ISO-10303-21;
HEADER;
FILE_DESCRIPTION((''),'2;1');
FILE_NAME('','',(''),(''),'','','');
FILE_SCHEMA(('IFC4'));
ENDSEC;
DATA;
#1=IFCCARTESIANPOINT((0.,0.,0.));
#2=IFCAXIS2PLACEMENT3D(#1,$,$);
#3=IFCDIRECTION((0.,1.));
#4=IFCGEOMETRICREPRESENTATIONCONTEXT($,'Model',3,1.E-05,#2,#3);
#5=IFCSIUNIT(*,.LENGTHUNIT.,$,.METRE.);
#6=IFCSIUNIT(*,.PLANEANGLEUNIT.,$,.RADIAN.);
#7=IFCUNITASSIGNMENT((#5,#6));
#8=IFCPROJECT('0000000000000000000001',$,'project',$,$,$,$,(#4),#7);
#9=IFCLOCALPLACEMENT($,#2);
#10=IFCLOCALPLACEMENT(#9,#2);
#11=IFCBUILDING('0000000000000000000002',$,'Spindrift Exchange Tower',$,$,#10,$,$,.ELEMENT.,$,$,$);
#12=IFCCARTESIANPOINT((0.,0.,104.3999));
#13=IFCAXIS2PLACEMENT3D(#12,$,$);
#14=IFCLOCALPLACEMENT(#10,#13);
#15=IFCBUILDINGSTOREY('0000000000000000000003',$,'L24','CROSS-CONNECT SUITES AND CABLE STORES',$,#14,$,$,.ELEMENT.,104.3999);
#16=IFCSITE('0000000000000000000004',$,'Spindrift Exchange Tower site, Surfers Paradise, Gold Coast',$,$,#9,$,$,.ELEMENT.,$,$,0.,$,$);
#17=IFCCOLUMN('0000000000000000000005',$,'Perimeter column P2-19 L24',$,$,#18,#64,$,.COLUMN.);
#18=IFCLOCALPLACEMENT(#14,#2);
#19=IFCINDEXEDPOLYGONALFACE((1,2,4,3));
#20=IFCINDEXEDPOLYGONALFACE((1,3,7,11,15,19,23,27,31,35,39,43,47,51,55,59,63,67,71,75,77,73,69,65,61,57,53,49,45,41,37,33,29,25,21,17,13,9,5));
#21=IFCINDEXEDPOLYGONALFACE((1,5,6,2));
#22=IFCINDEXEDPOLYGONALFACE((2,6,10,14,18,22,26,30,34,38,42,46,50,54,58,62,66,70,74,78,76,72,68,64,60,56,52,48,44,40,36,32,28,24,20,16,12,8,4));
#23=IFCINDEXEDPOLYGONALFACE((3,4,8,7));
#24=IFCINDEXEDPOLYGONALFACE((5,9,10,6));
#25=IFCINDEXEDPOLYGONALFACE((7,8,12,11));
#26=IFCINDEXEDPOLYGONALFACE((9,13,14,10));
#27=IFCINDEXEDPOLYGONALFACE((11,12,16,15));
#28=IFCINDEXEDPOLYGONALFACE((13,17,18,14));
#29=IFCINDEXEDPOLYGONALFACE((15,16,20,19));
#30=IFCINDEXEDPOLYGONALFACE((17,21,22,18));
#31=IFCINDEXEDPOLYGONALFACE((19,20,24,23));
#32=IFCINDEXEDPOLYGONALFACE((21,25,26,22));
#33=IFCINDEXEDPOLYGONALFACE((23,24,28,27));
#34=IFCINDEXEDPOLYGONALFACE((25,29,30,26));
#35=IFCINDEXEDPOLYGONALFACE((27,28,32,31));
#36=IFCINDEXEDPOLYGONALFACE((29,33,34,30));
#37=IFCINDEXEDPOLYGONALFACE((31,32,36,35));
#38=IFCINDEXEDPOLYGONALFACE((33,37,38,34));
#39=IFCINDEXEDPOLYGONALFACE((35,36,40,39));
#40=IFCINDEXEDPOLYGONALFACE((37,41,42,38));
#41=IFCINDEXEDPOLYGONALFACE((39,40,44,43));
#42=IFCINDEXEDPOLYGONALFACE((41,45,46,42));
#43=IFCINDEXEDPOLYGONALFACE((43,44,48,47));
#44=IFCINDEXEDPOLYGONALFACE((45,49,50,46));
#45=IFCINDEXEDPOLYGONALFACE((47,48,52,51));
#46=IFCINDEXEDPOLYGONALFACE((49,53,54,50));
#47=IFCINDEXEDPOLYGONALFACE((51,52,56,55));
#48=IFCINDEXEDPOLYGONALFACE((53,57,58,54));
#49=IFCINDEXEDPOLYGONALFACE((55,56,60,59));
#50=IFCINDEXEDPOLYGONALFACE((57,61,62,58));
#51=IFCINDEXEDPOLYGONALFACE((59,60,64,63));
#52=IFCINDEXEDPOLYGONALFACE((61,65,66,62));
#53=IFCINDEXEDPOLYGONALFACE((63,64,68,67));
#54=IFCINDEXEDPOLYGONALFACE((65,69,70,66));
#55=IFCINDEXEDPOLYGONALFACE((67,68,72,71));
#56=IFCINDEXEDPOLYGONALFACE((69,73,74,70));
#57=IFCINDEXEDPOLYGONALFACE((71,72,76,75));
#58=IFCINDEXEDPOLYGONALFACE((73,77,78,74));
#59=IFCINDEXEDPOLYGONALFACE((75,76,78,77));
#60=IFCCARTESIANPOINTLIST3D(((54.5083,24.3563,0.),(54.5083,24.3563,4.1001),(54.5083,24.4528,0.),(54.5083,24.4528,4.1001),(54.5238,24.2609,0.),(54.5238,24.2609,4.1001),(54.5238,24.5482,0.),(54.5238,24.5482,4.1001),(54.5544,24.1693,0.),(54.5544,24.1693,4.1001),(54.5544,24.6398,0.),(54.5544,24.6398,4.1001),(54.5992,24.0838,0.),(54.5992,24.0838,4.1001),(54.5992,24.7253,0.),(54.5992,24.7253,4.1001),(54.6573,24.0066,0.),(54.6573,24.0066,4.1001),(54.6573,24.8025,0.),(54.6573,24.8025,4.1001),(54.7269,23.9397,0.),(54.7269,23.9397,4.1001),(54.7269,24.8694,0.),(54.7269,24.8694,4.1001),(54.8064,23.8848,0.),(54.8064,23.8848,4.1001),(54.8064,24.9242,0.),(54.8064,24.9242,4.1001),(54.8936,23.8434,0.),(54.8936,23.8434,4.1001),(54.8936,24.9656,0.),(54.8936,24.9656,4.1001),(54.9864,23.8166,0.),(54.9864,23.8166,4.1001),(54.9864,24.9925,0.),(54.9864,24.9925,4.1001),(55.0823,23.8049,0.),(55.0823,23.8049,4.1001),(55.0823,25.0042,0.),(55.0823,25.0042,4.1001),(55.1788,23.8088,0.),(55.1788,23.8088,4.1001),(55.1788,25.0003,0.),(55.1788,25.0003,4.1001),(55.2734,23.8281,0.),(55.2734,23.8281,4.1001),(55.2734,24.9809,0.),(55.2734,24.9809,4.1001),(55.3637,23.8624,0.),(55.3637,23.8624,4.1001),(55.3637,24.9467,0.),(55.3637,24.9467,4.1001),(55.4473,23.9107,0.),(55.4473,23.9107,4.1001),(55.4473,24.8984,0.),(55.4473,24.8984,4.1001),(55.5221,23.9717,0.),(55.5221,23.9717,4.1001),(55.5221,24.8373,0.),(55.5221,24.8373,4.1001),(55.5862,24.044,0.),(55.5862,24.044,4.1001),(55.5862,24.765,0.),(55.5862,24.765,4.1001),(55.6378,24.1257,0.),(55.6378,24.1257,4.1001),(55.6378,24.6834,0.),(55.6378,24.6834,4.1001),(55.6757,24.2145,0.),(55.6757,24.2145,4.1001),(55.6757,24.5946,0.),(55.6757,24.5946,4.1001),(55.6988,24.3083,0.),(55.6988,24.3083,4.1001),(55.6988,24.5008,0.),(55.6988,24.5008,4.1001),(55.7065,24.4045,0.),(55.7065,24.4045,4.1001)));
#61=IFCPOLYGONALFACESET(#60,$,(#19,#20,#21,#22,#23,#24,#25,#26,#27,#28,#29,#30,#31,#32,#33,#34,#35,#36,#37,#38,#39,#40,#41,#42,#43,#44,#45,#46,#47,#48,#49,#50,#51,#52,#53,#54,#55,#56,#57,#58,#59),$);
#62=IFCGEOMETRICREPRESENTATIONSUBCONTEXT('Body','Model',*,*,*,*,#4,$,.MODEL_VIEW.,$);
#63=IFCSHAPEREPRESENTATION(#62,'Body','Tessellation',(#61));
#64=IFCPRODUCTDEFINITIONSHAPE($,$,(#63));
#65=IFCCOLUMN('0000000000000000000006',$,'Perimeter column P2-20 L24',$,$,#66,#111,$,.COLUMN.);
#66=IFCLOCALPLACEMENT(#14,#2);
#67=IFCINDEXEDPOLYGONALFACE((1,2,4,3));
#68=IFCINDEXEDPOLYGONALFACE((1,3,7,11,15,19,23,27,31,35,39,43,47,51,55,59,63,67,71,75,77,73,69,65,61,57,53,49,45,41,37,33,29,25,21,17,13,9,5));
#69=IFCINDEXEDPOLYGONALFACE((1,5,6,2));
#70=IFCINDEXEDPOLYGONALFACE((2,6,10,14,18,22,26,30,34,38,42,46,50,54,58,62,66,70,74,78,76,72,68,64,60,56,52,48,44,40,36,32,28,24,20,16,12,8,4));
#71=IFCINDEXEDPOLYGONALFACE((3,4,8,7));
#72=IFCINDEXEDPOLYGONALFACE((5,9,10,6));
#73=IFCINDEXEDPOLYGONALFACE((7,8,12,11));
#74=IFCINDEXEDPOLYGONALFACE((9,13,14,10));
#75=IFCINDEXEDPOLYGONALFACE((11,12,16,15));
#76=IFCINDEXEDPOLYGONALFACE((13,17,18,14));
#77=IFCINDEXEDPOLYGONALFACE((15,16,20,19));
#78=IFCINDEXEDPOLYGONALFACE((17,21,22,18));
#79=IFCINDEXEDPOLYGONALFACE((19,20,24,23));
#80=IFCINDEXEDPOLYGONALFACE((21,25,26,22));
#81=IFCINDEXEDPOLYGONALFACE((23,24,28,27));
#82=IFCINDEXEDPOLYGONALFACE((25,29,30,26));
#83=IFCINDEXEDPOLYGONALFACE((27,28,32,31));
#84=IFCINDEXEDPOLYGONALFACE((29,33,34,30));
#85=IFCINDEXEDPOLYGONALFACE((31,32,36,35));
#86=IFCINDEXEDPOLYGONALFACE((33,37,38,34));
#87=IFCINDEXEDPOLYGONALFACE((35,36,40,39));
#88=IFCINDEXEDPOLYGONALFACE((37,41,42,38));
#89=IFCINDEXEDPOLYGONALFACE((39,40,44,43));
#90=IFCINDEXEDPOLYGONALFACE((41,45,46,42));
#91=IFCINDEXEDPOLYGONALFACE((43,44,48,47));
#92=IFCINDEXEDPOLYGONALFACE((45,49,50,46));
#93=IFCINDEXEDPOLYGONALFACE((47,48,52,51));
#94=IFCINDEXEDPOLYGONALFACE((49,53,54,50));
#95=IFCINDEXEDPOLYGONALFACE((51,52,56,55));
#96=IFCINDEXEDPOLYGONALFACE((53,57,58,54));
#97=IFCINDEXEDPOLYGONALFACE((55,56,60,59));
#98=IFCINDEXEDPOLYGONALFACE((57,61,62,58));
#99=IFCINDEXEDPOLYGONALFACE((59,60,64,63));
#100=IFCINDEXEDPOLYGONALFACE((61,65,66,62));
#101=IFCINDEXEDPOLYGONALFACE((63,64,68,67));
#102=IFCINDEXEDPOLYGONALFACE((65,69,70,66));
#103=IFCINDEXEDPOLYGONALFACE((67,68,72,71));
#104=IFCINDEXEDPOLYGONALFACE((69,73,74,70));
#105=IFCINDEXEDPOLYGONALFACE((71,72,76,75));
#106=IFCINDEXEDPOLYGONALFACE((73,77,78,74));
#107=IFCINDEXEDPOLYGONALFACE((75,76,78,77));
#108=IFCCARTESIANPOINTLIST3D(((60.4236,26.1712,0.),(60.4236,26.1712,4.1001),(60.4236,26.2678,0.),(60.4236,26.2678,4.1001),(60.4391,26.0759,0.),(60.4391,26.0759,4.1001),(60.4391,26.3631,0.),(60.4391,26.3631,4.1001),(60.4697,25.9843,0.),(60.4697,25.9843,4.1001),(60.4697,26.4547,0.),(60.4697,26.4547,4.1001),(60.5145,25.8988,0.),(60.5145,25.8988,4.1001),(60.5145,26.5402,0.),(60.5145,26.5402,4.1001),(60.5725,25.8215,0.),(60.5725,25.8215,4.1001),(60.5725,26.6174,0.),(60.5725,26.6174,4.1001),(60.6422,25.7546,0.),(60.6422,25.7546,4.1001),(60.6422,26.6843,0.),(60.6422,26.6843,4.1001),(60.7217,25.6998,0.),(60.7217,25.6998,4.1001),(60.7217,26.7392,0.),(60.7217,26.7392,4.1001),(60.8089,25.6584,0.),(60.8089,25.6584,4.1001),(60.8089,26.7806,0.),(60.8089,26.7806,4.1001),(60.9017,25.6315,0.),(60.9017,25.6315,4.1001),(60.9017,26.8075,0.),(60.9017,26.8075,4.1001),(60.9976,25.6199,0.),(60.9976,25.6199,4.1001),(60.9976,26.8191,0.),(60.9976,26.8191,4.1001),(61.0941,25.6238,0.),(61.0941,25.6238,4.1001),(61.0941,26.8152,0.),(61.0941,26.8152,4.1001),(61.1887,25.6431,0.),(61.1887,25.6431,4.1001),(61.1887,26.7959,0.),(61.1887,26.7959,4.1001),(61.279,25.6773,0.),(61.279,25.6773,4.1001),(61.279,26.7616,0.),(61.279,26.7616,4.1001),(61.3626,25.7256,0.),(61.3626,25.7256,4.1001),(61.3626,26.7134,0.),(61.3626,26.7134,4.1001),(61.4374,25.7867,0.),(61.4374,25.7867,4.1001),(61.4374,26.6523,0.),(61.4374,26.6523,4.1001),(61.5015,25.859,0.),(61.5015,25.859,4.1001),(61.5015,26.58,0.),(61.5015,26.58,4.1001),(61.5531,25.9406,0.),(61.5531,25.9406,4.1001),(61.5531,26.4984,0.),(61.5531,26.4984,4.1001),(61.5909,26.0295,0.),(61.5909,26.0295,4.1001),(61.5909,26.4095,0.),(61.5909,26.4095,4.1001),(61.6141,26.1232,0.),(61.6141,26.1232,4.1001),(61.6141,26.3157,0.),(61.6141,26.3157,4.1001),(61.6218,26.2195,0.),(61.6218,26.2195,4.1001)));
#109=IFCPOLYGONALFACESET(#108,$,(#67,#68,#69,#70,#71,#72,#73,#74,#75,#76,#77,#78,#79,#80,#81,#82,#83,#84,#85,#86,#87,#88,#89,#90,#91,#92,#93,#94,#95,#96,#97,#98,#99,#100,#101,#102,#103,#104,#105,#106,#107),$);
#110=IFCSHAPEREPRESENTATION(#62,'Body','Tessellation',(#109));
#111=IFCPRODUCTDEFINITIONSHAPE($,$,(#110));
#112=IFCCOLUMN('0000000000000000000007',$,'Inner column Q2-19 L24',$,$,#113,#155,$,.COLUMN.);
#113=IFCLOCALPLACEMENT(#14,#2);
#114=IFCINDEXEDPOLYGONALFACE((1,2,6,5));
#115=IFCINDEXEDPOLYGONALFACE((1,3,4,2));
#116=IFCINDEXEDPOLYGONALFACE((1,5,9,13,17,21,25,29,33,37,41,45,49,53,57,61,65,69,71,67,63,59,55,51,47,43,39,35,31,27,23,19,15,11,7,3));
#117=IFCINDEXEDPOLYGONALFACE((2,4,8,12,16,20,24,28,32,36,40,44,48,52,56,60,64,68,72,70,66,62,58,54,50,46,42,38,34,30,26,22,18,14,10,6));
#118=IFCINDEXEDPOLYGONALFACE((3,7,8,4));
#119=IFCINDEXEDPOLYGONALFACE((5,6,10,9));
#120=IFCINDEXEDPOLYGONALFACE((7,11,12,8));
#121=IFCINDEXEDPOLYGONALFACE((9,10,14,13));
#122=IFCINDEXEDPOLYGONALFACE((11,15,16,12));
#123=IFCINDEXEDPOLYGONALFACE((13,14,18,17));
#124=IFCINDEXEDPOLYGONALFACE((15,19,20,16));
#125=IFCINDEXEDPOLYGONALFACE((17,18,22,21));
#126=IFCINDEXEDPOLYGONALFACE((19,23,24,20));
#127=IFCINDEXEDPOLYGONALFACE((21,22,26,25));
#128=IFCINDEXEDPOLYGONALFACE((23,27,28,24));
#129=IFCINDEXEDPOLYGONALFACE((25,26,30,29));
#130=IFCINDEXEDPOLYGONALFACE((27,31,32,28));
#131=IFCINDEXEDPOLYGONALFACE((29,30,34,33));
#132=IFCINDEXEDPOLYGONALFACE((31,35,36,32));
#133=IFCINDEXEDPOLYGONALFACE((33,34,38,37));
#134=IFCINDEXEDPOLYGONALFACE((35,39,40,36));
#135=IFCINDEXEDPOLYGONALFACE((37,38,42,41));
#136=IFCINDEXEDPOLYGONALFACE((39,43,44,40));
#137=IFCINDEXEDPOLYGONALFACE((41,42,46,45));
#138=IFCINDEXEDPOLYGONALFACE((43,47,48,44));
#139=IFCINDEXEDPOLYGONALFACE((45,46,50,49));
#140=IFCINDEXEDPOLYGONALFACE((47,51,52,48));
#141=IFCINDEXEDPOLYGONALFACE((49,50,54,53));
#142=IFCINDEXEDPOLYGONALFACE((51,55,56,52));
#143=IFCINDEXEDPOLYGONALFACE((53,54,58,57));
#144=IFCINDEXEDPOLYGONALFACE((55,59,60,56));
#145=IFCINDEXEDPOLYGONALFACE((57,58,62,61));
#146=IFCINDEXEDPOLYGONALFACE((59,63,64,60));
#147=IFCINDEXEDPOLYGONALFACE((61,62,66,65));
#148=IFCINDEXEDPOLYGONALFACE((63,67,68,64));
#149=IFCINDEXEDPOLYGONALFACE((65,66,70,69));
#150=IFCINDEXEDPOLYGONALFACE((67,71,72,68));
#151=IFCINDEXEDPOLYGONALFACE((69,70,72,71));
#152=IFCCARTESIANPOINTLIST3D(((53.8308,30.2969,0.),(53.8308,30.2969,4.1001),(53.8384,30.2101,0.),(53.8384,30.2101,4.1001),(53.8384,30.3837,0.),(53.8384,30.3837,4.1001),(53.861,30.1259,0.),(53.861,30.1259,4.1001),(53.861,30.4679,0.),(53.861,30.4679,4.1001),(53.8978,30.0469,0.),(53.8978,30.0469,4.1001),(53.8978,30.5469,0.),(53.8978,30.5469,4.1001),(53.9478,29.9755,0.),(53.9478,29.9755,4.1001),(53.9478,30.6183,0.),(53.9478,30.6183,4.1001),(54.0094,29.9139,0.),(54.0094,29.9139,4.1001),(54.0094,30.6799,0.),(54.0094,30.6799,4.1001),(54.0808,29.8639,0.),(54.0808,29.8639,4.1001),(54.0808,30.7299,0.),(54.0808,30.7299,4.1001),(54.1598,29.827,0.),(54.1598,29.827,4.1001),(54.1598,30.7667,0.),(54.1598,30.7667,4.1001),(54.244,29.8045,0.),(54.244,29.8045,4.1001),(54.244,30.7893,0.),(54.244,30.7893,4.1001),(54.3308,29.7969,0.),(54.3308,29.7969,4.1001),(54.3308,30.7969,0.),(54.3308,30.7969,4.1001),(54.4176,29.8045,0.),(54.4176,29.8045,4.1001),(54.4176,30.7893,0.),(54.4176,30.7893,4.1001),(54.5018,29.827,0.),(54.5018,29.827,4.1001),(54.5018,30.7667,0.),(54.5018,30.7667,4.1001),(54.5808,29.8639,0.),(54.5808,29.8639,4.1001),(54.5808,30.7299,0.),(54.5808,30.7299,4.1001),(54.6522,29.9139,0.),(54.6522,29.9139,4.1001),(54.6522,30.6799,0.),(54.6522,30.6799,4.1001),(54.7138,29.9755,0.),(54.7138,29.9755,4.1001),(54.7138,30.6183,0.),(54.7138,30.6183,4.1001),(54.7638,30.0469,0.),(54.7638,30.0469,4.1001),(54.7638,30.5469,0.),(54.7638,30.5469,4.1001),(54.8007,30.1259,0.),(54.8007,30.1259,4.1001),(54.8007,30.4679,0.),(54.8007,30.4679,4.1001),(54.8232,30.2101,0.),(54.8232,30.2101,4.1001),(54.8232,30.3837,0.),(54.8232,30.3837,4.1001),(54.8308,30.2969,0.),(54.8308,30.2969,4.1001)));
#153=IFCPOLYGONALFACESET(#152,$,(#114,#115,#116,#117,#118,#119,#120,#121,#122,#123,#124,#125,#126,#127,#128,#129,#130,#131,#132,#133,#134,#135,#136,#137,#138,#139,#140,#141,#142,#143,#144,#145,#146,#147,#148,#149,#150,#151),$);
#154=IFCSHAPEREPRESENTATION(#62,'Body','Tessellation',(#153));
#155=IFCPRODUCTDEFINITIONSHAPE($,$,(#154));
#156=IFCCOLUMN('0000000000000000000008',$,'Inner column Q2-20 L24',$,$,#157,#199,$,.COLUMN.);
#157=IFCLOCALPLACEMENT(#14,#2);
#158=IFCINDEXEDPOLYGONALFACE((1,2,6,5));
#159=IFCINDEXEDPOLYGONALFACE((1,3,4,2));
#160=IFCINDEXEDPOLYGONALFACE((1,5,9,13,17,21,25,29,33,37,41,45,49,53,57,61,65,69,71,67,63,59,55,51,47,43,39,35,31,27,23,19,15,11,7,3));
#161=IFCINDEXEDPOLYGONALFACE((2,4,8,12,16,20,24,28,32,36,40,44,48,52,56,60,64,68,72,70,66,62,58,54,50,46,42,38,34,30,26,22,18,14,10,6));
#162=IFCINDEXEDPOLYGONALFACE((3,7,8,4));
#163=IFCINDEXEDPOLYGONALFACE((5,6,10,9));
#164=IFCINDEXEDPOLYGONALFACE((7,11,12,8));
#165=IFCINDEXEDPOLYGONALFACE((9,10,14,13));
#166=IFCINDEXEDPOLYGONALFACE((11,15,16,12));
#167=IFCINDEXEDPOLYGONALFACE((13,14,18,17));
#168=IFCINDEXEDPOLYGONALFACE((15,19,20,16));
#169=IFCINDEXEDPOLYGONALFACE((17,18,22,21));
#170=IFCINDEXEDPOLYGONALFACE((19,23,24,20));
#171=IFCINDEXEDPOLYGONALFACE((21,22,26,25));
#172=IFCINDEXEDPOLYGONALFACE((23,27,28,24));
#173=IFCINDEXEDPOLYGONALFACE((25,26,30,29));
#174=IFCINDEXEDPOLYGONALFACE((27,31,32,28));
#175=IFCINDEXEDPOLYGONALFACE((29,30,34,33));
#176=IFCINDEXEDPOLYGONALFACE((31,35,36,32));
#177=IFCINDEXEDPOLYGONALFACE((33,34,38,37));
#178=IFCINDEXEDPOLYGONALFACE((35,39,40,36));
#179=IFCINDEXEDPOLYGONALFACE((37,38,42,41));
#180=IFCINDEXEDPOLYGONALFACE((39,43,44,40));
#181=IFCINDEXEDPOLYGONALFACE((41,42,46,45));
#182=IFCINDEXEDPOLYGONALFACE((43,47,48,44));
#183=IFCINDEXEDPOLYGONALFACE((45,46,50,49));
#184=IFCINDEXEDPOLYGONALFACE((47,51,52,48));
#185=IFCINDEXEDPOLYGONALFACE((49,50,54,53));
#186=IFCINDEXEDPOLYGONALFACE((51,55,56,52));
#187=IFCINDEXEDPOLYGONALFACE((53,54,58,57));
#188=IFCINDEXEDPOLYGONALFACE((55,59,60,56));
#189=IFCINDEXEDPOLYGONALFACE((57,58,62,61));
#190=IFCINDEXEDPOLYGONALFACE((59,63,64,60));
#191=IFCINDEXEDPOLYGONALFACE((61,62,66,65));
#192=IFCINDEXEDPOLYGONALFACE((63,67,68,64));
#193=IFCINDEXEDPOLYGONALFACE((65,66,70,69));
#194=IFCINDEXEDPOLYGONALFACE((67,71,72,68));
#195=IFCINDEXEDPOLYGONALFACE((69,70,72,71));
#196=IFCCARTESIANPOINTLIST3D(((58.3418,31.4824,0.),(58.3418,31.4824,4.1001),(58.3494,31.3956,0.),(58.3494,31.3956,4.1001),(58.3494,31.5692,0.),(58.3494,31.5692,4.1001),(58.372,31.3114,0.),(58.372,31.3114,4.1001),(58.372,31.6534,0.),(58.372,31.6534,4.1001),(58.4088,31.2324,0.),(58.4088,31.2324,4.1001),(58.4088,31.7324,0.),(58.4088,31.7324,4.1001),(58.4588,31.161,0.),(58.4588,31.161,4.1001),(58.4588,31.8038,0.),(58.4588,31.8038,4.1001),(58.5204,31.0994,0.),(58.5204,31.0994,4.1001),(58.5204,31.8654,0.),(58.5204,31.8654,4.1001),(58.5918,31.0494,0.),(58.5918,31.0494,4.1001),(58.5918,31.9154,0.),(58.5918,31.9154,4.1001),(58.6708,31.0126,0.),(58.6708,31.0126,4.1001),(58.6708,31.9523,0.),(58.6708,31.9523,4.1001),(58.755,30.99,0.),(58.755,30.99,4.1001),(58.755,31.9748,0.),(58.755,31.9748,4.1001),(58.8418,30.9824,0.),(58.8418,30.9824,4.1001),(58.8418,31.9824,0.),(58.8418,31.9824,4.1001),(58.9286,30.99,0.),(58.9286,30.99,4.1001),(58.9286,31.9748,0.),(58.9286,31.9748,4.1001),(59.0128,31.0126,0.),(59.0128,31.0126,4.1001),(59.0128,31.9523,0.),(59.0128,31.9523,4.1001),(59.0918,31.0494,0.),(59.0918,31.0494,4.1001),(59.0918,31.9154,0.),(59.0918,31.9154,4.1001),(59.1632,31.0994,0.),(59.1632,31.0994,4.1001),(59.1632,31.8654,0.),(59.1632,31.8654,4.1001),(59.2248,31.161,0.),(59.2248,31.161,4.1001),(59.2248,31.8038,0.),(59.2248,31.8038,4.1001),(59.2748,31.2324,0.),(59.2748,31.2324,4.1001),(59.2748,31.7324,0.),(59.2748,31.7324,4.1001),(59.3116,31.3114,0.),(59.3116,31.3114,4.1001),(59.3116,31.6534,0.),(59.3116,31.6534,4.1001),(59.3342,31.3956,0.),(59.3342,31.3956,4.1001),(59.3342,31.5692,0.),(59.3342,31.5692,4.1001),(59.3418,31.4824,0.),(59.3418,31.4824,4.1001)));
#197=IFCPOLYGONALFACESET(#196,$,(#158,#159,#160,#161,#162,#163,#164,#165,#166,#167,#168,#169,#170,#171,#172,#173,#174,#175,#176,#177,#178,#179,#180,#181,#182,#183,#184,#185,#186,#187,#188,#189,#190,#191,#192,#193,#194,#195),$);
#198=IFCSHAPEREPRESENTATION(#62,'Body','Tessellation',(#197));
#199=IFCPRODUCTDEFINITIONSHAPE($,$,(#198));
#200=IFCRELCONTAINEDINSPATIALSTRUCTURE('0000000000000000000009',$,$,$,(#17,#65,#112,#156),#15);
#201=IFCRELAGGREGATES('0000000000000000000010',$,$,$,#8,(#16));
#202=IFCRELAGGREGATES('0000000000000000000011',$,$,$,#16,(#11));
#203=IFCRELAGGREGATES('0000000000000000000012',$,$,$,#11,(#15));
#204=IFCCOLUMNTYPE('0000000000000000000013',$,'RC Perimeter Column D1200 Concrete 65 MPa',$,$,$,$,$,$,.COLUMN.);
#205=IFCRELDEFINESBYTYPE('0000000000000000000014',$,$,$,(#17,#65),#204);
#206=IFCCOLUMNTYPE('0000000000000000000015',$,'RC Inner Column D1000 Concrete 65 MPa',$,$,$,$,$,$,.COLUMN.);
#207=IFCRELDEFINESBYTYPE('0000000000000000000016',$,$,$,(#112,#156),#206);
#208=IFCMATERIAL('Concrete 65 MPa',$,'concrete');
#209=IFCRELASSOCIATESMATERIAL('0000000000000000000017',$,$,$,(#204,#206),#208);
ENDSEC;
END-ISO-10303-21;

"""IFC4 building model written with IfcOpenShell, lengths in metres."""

from ifc_helpers import new_model, si_unit, direction, frame, origin, origin_2d, place, context, subcontext, project, spatial, circle, extrude, source, transform, mapped, material, material_profile, profile_set, type_object, element, save


model = new_model("IFC4")

# Units and contexts
model_context = context("Model", 3, precision=1e-05, world=origin(), true_north=direction((0.0, 1.0)))
body_context = subcontext(model_context, "Body", "Model", "MODEL_VIEW")
ifc_project = project(units=[si_unit("LENGTHUNIT", "METRE"), si_unit("PLANEANGLEUNIT", "RADIAN")], contexts=[model_context])

# Site, building, storey
site_placement = place(None, origin())
site = spatial("IfcSite", under=ifc_project, at=site_placement, Name="Spindrift Exchange Tower site, Surfers Paradise, Gold Coast", CompositionType="ELEMENT", RefElevation=0.0)
building_placement = place(site_placement, origin())
building = spatial("IfcBuilding", under=site, at=building_placement, Name="Spindrift Exchange Tower", CompositionType="ELEMENT")
storey_placement = place(building_placement, frame((0.0, 0.0, 104.3999)))
storey = spatial("IfcBuildingStorey", under=building, at=storey_placement, Name="L24", Description="CROSS-CONNECT SUITES AND CABLE STORES", CompositionType="ELEMENT", Elevation=104.3999)

# Columns
ifc_material_1 = material(Name="Concrete 65 MPa", Category="concrete")
ifc_material_profile_1 = material_profile(ifc_material_1, circle(Radius=0.6001, at=origin_2d()), Name="RC D1200")
ifc_profile_set_1 = profile_set([ifc_material_profile_1], Name="Concrete 65 MPa")
column_type_1 = type_object("IfcColumnType", Name="RC Perimeter Column D1200 Concrete 65 MPa", PredefinedType="COLUMN", material=ifc_profile_set_1)
shared_shape_1 = source(origin(), body_context, "Body", "SweptSolid", [
    extrude(circle(Radius=0.6001, at=origin_2d()), origin(), (0.0, 0.0, 1.0), 4.1001),
])
for number, where, z_axis, x_axis, name in (
    (1, (55.1064, 24.4045, 0.0), (0.0, 0.0, 1.0), (1.0, 0.0, 0.0), "Perimeter column P2-19 L24"),
    (2, (61.0217, 26.2195, 0.0), (0.0, 0.0, 1.0), (1.0, 0.0, 0.0), "Perimeter column P2-20 L24"),
):
    element("IfcColumn", number, at=place(storey_placement, frame(where, z_axis=z_axis, x_axis=x_axis)), inside=storey, type_object=column_type_1, Name=name, PredefinedType="COLUMN", context=body_context, shape_type="MappedRepresentation", body=[
        mapped(shared_shape_1, transform((0.0, 0.0, 0.0), scale=1.0)),
    ])
ifc_material_profile_2 = material_profile(ifc_material_1, circle(Radius=0.5, at=origin_2d()), Name="RC D1000")
ifc_profile_set_2 = profile_set([ifc_material_profile_2], Name="Concrete 65 MPa")
column_type_2 = type_object("IfcColumnType", Name="RC Inner Column D1000 Concrete 65 MPa", PredefinedType="COLUMN", material=ifc_profile_set_2)
shared_shape_2 = source(origin(), body_context, "Body", "SweptSolid", [
    extrude(circle(Radius=0.5, at=origin_2d()), origin(), (0.0, 0.0, 1.0), 4.1001),
])
for number, where, z_axis, x_axis, name in (
    (3, (54.3308, 30.2969, 0.0), (0.0, 0.0, 1.0), (1.0, 0.0, 0.0), "Inner column Q2-19 L24"),
    (4, (58.8418, 31.4824, 0.0), (0.0, 0.0, 1.0), (1.0, 0.0, 0.0), "Inner column Q2-20 L24"),
):
    element("IfcColumn", number, at=place(storey_placement, frame(where, z_axis=z_axis, x_axis=x_axis)), inside=storey, type_object=column_type_2, Name=name, PredefinedType="COLUMN", context=body_context, shape_type="MappedRepresentation", body=[
        mapped(shared_shape_2, transform((0.0, 0.0, 0.0), scale=1.0)),
    ])

save(model, "model.ifc")
